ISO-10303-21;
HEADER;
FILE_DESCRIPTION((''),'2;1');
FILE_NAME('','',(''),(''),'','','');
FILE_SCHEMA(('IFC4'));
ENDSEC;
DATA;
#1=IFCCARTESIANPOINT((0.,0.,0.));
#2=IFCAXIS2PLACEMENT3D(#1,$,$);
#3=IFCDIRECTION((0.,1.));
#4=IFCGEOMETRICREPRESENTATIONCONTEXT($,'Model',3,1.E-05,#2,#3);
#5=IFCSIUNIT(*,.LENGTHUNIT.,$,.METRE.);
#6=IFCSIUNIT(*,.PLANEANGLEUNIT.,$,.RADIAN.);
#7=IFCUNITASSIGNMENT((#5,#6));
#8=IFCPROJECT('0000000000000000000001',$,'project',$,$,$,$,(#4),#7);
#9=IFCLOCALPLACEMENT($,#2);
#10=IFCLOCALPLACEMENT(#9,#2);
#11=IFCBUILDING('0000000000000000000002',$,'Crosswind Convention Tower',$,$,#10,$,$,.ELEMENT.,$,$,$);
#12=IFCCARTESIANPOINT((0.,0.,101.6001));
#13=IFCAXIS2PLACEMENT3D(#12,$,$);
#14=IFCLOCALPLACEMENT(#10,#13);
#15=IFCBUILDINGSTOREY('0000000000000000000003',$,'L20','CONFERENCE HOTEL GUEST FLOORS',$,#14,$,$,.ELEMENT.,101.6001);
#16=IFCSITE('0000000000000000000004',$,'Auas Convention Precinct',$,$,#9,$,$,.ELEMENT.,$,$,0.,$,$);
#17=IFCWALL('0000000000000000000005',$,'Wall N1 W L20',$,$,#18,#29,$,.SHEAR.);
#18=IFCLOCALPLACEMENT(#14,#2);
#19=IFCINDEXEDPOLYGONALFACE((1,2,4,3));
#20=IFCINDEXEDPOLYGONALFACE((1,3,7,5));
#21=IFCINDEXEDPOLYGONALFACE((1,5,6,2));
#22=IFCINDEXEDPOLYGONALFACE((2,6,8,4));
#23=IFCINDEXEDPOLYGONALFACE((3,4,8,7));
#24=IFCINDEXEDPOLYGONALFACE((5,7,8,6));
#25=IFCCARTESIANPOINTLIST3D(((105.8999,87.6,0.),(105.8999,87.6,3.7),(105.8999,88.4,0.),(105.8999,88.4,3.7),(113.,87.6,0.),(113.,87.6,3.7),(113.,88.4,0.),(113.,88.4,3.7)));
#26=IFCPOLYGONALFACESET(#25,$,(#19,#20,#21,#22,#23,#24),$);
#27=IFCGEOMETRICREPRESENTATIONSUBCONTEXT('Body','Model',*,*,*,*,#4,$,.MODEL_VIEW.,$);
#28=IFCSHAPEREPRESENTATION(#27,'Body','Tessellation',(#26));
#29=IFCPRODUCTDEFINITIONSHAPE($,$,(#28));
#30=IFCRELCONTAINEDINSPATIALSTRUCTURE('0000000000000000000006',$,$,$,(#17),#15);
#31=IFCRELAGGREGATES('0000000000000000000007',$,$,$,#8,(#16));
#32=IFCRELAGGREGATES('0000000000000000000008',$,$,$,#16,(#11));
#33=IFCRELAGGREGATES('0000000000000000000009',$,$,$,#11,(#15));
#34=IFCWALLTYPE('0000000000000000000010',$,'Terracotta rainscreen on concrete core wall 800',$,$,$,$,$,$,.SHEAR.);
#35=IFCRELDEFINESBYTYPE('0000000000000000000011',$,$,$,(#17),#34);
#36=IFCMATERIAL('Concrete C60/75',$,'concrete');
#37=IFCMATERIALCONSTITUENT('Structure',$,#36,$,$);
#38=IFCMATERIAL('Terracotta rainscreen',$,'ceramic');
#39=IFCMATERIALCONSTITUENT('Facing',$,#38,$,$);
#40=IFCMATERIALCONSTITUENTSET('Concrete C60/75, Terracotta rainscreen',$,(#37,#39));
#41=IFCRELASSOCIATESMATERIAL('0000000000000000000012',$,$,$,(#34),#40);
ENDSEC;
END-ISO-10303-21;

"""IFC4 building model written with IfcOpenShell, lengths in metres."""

from ifc_helpers import new_model, si_unit, direction, frame, frame_2d, origin, place, context, subcontext, project, spatial, rectangle, extrude, material, constituent, constituent_set, type_object, element, save


model = new_model("IFC4")

# Units and contexts
model_context = context("Model", 3, precision=1e-05, world=origin(), true_north=direction((0.0, 1.0)))
body_context = subcontext(model_context, "Body", "Model", "MODEL_VIEW")
ifc_project = project(units=[si_unit("LENGTHUNIT", "METRE"), si_unit("PLANEANGLEUNIT", "RADIAN")], contexts=[model_context])

# Site, building, storey
site_placement = place(None, origin())
site = spatial("IfcSite", under=ifc_project, at=site_placement, Name="Auas Convention Precinct", CompositionType="ELEMENT", RefElevation=0.0)
building_placement = place(site_placement, origin())
building = spatial("IfcBuilding", under=site, at=building_placement, Name="Crosswind Convention Tower", CompositionType="ELEMENT")
storey_placement = place(building_placement, frame((0.0, 0.0, 101.6001)))
storey = spatial("IfcBuildingStorey", under=building, at=storey_placement, Name="L20", Description="CONFERENCE HOTEL GUEST FLOORS", CompositionType="ELEMENT", Elevation=101.6001)

# Wall
ifc_material_1 = material(Name="Concrete C60/75", Category="concrete")
ifc_constituent_1 = constituent(ifc_material_1, Name="Structure")
ifc_material_2 = material(Name="Terracotta rainscreen", Category="ceramic")
ifc_constituent_2 = constituent(ifc_material_2, Name="Facing")
ifc_constituent_set = constituent_set(constituents=[ifc_constituent_1, ifc_constituent_2], Name="Concrete C60/75, Terracotta rainscreen")
wall_type_1 = type_object("IfcWallType", Name="Terracotta rainscreen on concrete core wall 800", PredefinedType="SHEAR", material=ifc_constituent_set)
wall_1_placement = place(storey_placement, frame((113.0, 88.0, 0.0), z_axis=(0.0, 0.0, 1.0), x_axis=(-1.0, 0.0, 0.0)))
element("IfcWall", 1, at=wall_1_placement, inside=storey, type_object=wall_type_1, Name="Wall N1 W L20", PredefinedType="SHEAR", context=body_context, shape_type="SweptSolid", body=[
    extrude(rectangle(XDim=7.1001, YDim=0.8, at=frame_2d((3.55, 0.0))), origin(), (0.0, 0.0, 1.0), 3.7),
])

save(model, "model.ifc")
